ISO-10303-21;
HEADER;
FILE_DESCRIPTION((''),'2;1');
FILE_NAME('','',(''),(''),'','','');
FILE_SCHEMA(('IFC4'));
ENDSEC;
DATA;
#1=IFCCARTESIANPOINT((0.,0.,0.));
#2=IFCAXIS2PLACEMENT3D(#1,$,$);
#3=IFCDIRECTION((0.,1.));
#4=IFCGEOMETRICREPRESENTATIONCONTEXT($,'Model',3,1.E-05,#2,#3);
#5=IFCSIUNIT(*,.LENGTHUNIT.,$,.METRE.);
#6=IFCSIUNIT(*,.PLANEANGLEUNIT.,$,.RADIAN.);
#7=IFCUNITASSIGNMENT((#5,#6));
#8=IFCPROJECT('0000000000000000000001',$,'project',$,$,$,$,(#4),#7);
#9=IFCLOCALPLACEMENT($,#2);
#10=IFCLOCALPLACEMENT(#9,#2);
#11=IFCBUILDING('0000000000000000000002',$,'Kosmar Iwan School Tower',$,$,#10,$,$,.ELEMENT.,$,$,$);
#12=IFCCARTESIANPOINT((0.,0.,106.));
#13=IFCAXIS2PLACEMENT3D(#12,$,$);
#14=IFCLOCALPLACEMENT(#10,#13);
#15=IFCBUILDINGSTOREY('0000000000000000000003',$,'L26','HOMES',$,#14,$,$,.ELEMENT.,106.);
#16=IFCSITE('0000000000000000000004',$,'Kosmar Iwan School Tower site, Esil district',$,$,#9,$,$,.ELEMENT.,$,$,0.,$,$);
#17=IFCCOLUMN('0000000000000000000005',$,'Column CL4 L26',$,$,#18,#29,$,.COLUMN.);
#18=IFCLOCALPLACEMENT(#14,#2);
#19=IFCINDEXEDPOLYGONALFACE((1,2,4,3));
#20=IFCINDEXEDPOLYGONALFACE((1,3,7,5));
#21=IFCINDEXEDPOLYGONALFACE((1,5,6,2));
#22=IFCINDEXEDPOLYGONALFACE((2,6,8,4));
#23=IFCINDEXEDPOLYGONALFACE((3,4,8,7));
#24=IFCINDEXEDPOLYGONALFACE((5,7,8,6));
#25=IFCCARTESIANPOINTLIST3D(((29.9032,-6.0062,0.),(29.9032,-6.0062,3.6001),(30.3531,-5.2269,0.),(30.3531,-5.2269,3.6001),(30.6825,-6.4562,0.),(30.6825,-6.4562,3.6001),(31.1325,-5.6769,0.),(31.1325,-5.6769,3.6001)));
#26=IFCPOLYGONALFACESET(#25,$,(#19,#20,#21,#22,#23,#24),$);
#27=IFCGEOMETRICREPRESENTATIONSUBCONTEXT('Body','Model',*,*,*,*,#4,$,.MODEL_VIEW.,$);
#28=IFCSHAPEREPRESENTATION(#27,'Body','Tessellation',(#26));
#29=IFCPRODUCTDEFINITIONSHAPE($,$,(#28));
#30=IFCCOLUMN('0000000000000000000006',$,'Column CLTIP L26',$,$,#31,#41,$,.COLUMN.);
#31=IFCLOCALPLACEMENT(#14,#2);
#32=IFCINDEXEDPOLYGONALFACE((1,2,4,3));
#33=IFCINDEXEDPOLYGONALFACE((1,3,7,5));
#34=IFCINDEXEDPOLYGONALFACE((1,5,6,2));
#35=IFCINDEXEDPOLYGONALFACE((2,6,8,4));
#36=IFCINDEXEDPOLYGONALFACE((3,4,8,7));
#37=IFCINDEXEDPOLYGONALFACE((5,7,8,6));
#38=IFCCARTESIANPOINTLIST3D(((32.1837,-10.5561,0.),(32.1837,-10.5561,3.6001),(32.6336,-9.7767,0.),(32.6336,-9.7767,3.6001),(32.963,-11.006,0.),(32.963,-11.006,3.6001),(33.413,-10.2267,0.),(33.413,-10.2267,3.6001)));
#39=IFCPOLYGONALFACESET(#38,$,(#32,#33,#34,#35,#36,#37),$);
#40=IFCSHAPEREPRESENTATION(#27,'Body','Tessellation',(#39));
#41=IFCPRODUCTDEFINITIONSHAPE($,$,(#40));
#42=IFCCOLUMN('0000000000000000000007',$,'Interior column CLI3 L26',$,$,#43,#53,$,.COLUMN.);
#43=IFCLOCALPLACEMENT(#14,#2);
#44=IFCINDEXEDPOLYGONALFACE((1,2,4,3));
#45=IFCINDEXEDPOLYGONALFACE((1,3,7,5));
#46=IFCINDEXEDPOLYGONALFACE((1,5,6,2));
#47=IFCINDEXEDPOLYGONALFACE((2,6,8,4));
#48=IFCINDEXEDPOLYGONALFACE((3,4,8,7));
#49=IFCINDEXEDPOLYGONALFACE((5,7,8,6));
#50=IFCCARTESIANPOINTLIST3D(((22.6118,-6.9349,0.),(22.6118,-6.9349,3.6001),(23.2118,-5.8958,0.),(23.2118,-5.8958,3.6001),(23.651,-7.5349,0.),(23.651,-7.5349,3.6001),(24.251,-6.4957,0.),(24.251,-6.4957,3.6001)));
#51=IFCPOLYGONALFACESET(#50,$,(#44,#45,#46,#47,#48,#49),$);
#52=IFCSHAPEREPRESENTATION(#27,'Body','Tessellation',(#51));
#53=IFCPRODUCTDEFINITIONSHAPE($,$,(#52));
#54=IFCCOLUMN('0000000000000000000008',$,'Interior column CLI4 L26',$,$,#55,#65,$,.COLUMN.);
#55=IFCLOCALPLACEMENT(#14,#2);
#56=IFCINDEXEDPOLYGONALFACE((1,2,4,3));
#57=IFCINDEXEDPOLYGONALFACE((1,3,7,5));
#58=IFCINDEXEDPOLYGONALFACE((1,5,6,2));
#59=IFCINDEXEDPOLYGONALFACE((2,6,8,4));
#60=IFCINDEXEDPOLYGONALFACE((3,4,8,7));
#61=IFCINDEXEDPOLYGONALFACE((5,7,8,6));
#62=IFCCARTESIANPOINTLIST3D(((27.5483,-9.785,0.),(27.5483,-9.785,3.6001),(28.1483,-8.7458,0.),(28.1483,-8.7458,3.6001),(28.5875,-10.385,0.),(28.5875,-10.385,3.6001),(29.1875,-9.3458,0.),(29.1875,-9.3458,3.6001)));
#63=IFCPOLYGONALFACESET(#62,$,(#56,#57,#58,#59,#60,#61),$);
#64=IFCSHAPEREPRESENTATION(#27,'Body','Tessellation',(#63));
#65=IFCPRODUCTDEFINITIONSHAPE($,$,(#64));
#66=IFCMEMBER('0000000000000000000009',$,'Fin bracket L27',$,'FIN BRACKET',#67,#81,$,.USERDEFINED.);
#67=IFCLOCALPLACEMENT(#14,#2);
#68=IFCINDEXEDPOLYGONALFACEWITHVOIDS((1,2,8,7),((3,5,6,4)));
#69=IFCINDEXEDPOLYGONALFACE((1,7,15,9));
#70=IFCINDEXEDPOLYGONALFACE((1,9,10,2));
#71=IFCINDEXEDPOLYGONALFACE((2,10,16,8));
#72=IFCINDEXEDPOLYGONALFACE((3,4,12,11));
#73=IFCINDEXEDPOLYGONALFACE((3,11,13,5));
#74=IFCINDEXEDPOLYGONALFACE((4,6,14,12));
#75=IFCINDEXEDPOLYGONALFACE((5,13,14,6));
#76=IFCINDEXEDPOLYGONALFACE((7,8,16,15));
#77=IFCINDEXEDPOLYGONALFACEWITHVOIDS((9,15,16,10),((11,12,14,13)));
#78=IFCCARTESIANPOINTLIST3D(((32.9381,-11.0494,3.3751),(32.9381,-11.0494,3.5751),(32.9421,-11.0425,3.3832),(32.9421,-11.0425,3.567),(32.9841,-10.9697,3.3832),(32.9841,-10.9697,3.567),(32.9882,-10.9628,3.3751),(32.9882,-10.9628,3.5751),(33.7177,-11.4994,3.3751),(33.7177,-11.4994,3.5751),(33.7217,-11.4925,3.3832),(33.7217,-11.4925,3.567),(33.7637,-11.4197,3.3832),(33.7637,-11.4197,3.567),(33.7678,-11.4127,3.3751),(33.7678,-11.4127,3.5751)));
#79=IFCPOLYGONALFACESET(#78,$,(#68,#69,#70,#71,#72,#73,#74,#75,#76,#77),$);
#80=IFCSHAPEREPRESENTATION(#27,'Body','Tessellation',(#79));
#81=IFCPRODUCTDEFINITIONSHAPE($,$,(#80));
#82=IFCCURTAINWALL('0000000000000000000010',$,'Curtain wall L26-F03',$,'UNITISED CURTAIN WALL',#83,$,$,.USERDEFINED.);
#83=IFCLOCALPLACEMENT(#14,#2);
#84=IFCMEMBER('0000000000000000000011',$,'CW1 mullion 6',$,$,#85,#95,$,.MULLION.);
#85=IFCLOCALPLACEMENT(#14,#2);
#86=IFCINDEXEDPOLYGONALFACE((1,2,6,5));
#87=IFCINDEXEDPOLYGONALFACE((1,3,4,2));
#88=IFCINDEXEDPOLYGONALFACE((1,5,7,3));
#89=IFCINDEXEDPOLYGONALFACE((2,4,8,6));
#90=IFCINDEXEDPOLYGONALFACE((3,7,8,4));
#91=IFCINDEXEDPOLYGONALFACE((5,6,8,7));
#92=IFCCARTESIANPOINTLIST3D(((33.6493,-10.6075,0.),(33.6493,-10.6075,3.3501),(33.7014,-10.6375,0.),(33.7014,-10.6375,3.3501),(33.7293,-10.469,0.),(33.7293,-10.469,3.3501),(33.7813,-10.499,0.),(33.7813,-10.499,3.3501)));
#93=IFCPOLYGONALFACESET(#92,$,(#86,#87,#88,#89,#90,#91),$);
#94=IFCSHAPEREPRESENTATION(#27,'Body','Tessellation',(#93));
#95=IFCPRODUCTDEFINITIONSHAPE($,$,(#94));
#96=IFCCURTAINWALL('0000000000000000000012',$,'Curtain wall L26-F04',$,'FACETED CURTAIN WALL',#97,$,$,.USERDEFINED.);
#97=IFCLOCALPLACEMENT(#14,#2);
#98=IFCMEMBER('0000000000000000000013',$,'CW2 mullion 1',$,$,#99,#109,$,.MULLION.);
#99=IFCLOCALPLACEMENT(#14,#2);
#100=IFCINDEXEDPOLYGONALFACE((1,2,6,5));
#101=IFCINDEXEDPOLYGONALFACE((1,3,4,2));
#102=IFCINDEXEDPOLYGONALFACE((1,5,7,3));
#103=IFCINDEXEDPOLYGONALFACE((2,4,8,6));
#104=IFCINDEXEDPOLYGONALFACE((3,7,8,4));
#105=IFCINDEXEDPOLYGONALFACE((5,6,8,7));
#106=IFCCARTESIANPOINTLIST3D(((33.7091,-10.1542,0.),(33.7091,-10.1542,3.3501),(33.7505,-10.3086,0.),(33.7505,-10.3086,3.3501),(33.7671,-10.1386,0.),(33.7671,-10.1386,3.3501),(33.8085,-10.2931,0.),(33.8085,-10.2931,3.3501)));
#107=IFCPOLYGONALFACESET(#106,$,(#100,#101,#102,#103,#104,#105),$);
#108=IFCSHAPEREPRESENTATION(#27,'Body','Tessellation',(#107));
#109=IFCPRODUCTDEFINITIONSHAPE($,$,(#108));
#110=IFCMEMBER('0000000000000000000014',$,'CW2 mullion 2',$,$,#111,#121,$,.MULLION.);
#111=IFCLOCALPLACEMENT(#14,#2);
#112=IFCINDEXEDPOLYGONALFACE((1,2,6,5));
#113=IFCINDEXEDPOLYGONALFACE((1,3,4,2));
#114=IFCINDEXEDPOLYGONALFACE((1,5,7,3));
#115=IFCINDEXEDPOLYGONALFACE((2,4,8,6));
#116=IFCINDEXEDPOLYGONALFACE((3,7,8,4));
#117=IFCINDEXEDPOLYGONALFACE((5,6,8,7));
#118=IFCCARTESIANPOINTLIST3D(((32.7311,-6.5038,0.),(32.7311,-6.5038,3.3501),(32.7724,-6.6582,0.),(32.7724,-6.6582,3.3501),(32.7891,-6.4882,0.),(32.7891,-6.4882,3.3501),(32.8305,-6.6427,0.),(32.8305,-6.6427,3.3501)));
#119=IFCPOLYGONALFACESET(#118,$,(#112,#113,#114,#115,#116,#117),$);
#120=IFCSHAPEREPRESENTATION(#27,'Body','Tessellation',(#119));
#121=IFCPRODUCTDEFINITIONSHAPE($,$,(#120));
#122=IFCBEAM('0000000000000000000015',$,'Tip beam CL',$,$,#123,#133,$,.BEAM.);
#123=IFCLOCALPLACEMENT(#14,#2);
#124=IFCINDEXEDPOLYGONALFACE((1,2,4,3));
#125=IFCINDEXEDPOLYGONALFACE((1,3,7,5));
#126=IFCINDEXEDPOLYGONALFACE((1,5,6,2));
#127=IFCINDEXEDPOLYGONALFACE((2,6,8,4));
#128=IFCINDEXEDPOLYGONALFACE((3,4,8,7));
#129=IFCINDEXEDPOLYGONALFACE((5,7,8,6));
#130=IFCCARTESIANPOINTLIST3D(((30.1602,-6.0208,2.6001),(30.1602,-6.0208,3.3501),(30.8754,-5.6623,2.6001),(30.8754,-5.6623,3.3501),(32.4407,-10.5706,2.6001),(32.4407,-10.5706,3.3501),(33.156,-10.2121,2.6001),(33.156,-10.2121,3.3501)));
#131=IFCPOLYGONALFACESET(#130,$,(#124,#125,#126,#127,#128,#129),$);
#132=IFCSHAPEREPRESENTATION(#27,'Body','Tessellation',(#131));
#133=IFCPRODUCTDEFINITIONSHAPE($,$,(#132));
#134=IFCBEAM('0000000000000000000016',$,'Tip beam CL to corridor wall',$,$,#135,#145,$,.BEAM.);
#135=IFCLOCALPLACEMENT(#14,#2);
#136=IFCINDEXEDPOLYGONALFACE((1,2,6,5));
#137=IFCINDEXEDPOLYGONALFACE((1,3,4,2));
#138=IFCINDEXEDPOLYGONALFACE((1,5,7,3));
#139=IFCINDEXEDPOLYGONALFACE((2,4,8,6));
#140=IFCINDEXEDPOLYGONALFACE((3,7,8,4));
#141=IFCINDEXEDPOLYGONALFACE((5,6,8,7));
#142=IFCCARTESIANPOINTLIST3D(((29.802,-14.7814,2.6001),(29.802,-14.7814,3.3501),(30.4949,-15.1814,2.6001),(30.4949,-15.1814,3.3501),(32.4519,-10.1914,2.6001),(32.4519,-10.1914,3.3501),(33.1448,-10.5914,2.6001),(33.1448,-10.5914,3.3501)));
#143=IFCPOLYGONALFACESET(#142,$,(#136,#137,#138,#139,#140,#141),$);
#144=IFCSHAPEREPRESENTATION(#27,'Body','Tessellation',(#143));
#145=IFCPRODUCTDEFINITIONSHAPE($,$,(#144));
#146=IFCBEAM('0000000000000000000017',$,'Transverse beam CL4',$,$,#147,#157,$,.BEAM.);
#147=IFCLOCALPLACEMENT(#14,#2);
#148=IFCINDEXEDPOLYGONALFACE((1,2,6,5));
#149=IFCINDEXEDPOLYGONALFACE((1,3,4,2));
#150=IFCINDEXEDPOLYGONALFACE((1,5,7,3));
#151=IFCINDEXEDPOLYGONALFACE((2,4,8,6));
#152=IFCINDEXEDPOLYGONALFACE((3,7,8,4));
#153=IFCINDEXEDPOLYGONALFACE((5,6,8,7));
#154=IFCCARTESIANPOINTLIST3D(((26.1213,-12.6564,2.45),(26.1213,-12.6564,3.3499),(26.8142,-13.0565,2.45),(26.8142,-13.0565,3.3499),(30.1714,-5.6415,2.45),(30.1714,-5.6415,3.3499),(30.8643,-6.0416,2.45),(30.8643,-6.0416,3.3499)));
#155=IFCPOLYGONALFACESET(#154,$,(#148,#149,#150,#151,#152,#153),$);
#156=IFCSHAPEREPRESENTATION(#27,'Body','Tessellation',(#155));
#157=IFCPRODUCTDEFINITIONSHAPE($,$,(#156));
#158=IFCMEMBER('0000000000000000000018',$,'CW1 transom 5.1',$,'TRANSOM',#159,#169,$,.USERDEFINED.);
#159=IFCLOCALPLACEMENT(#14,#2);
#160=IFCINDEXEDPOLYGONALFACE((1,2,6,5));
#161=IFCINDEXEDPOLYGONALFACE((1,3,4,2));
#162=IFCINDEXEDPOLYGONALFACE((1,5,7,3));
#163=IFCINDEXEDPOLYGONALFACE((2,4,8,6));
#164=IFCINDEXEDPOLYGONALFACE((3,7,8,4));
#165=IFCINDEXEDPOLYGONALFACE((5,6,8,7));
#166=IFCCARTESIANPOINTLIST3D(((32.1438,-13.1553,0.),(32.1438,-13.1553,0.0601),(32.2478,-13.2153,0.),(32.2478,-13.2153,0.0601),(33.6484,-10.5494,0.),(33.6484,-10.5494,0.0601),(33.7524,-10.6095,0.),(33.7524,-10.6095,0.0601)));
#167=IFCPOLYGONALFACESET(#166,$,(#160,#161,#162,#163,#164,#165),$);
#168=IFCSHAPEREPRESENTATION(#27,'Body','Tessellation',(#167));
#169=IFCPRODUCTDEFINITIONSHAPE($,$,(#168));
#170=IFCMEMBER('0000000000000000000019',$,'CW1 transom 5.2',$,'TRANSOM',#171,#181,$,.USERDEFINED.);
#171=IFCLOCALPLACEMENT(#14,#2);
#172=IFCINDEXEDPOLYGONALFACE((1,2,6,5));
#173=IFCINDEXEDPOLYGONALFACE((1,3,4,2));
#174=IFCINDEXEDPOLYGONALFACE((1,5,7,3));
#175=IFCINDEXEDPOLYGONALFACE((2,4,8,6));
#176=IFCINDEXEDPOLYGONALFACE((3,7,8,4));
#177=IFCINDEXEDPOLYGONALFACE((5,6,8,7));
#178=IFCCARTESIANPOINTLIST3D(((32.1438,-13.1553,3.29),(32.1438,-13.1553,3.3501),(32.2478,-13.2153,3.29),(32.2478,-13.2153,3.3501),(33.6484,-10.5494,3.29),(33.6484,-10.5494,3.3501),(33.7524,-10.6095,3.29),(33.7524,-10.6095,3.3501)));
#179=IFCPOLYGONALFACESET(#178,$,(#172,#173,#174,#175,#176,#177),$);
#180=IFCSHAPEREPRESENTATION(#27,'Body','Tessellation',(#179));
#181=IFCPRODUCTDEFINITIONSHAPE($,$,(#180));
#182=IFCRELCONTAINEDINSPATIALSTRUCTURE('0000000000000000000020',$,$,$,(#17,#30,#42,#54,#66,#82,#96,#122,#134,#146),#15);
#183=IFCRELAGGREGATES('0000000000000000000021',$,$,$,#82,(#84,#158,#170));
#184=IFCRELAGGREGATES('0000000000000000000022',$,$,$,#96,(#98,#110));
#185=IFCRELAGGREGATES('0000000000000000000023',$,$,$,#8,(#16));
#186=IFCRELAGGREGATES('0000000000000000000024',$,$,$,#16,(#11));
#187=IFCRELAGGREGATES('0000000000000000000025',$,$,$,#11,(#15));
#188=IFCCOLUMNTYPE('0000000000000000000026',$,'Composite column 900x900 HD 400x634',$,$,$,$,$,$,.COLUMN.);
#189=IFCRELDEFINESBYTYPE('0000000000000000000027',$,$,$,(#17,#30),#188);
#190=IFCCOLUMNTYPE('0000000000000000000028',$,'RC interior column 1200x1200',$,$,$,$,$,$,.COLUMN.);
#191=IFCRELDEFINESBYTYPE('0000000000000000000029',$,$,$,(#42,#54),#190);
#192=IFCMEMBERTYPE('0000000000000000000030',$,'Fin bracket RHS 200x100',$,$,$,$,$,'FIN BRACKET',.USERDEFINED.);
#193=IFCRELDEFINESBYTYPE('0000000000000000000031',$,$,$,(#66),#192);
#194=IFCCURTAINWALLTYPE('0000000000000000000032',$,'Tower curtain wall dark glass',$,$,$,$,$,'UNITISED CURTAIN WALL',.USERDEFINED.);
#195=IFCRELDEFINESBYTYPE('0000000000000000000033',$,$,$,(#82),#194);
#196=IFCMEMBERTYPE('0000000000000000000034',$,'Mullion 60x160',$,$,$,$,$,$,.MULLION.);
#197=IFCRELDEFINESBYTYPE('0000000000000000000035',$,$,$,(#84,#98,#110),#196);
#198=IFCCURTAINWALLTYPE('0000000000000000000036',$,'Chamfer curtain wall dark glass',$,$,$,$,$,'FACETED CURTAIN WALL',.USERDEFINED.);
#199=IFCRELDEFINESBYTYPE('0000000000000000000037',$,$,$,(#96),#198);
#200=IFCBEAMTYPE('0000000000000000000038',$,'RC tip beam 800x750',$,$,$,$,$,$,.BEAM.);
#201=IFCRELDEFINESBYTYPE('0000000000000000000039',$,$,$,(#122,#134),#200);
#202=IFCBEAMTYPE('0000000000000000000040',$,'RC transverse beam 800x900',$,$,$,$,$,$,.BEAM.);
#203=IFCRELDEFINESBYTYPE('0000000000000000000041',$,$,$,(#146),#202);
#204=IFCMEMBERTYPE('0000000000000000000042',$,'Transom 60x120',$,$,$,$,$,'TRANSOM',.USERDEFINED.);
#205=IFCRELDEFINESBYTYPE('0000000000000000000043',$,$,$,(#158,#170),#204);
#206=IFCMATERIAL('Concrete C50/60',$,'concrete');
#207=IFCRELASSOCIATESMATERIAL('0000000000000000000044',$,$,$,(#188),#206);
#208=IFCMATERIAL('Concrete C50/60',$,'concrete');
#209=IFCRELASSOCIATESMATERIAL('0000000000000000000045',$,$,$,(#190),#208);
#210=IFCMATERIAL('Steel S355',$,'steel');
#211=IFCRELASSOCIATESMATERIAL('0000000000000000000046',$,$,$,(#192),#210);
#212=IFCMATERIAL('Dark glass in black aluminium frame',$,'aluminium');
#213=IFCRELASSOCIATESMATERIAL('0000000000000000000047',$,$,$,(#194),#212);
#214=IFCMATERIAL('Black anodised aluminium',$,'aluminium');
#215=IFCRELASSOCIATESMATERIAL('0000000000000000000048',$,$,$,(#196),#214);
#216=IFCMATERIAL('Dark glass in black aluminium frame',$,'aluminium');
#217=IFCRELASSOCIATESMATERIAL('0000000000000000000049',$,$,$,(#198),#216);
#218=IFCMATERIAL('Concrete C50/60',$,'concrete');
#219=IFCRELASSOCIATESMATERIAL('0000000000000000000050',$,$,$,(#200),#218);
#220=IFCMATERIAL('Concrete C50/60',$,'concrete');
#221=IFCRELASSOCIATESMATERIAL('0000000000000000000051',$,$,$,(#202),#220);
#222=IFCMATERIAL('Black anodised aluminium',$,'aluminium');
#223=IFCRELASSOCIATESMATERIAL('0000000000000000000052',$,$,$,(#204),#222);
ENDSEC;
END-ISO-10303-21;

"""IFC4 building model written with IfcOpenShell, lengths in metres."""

from ifc_helpers import new_model, si_unit, direction, frame, origin, origin_2d, place, context, subcontext, project, spatial, rectangle, hollow_rectangle, extrude, material, material_profile, profile_set, type_object, element, aggregate, save


model = new_model("IFC4")

# Units and contexts
model_context = context("Model", 3, precision=1e-05, world=origin(), true_north=direction((0.0, 1.0)))
body_context = subcontext(model_context, "Body", "Model", "MODEL_VIEW")
ifc_project = project(units=[si_unit("LENGTHUNIT", "METRE"), si_unit("PLANEANGLEUNIT", "RADIAN")], contexts=[model_context])

# Site, building, storey
site_placement = place(None, origin())
site = spatial("IfcSite", under=ifc_project, at=site_placement, Name="Kosmar Iwan School Tower site, Esil district", CompositionType="ELEMENT", RefElevation=0.0)
building_placement = place(site_placement, origin())
building = spatial("IfcBuilding", under=site, at=building_placement, Name="Kosmar Iwan School Tower", CompositionType="ELEMENT")
storey_placement = place(building_placement, frame((0.0, 0.0, 106.0)))
storey = spatial("IfcBuildingStorey", under=building, at=storey_placement, Name="L26", Description="HOMES", CompositionType="ELEMENT", Elevation=106.0)

# Columns
ifc_material_1 = material(Name="Concrete C50/60", Category="concrete")
ifc_material_profile_1 = material_profile(ifc_material_1, rectangle(XDim=0.8999, YDim=0.8999, at=origin_2d()), Name="RC 900x900 + HD 400x634")
ifc_profile_set_1 = profile_set([ifc_material_profile_1], Name="Concrete C50/60")
column_type_1 = type_object("IfcColumnType", Name="Composite column 900x900 HD 400x634", PredefinedType="COLUMN", material=ifc_profile_set_1)
for number, where, z_axis, x_axis, name in (
    (1, (30.5178, -5.8416, 0.0), (0.0, 0.0, 1.0), (0.866025, -0.5, 0.0), "Column CL4 L26"),
    (2, (32.7983, -10.3914, 0.0), (0.0, 0.0, 1.0), (0.866025, -0.5, 0.0), "Column CLTIP L26"),
):
    element("IfcColumn", number, at=place(storey_placement, frame(where, z_axis=z_axis, x_axis=x_axis)), inside=storey, type_object=column_type_1, Name=name, PredefinedType="COLUMN", context=body_context, shape_type="SweptSolid", body=[
        extrude(rectangle(XDim=0.8999, YDim=0.8999, at=origin_2d()), origin(), (0.0, 0.0, 1.0), 3.6001),
    ])
ifc_material_2 = material(Name="Concrete C50/60", Category="concrete")
ifc_material_profile_2 = material_profile(ifc_material_2, rectangle(XDim=1.2, YDim=1.2, at=origin_2d()), Name="RC 1200x1200")
ifc_profile_set_2 = profile_set([ifc_material_profile_2], Name="Concrete C50/60")
column_type_2 = type_object("IfcColumnType", Name="RC interior column 1200x1200", PredefinedType="COLUMN", material=ifc_profile_set_2)
for number, where, z_axis, x_axis, name in (
    (3, (23.4314, -6.7153, 0.0), (0.0, 0.0, 1.0), (0.866025, -0.5, 0.0), "Interior column CLI3 L26"),
    (4, (28.3679, -9.5654, 0.0), (0.0, 0.0, 1.0), (0.866025, -0.5, 0.0), "Interior column CLI4 L26"),
):
    element("IfcColumn", number, at=place(storey_placement, frame(where, z_axis=z_axis, x_axis=x_axis)), inside=storey, type_object=column_type_2, Name=name, PredefinedType="COLUMN", context=body_context, shape_type="SweptSolid", body=[
        extrude(rectangle(XDim=1.2, YDim=1.2, at=origin_2d()), origin(), (0.0, 0.0, 1.0), 3.6001),
    ])

# Member
ifc_material_3 = material(Name="Steel S355", Category="steel")
ifc_material_profile_3 = material_profile(ifc_material_3, hollow_rectangle(XDim=0.1001, YDim=0.2, WallThickness=0.0081, at=origin_2d()), Name="RHS 200x100x8")
ifc_profile_set_3 = profile_set([ifc_material_profile_3], Name="Steel S355")
member_type_1 = type_object("IfcMemberType", Name="Fin bracket RHS 200x100", ElementType="FIN BRACKET", PredefinedType="USERDEFINED", material=ifc_profile_set_3)
member_1_placement = place(storey_placement, frame((32.9631, -11.0061, 3.4751), z_axis=(0.866082, -0.499902, 0.0), x_axis=(0.499902, 0.866082, 0.0)))
element("IfcMember", 5, at=member_1_placement, inside=storey, type_object=member_type_1, Name="Fin bracket L27", ObjectType="FIN BRACKET", PredefinedType="USERDEFINED", context=body_context, shape_type="SweptSolid", body=[
    extrude(hollow_rectangle(XDim=0.1001, YDim=0.2, WallThickness=0.0081, at=origin_2d()), origin(), (0.0, 0.0, 1.0), 0.9001),
])

# Curtain wall, member
ifc_material_4 = material(Name="Dark glass in black aluminium frame", Category="aluminium")
curtain_wall_type_1 = type_object("IfcCurtainWallType", Name="Tower curtain wall dark glass", ElementType="UNITISED CURTAIN WALL", PredefinedType="USERDEFINED", material=ifc_material_4)
curtain_wall_1_placement = place(storey_placement, origin())
curtain_wall_1 = element("IfcCurtainWall", 6, at=curtain_wall_1_placement, inside=storey, type_object=curtain_wall_type_1, Name="Curtain wall L26-F03", ObjectType="UNITISED CURTAIN WALL", PredefinedType="USERDEFINED")
ifc_material_5 = material(Name="Black anodised aluminium", Category="aluminium")
ifc_material_profile_4 = material_profile(ifc_material_5, rectangle(XDim=0.0601, YDim=0.1599, at=origin_2d()), Name="MULLION 60x160")
ifc_profile_set_4 = profile_set([ifc_material_profile_4], Name="Black anodised aluminium")
member_type_2 = type_object("IfcMemberType", Name="Mullion 60x160", PredefinedType="MULLION", material=ifc_profile_set_4)
member_2_placement = place(storey_placement, frame((33.7153, -10.5532, 0.0), z_axis=(0.0, 0.0, 1.0), x_axis=(-0.866025, 0.5, 0.0)))
member_2 = element("IfcMember", 7, at=member_2_placement, type_object=member_type_2, Name="CW1 mullion 6", PredefinedType="MULLION", context=body_context, shape_type="SweptSolid", body=[
    extrude(rectangle(XDim=0.0601, YDim=0.1599, at=origin_2d()), origin(), (0.0, 0.0, 1.0), 3.3501),
])

# Curtain wall, members
ifc_material_6 = material(Name="Dark glass in black aluminium frame", Category="aluminium")
curtain_wall_type_2 = type_object("IfcCurtainWallType", Name="Chamfer curtain wall dark glass", ElementType="FACETED CURTAIN WALL", PredefinedType="USERDEFINED", material=ifc_material_6)
curtain_wall_2_placement = place(storey_placement, origin())
curtain_wall_2 = element("IfcCurtainWall", 8, at=curtain_wall_2_placement, inside=storey, type_object=curtain_wall_type_2, Name="Curtain wall L26-F04", ObjectType="FACETED CURTAIN WALL", PredefinedType="USERDEFINED")
member_3_placement = place(storey_placement, frame((33.7588, -10.2236, 0.0), z_axis=(0.0, 0.0, 1.0), x_axis=(-0.965926, -0.258819, 0.0)))
member_3 = element("IfcMember", 9, at=member_3_placement, type_object=member_type_2, Name="CW2 mullion 1", PredefinedType="MULLION", context=body_context, shape_type="SweptSolid", body=[
    extrude(rectangle(XDim=0.0601, YDim=0.1599, at=origin_2d()), origin(), (0.0, 0.0, 1.0), 3.3501),
])
member_4_placement = place(storey_placement, frame((32.7808, -6.5732, 0.0), z_axis=(0.0, 0.0, 1.0), x_axis=(-0.965926, -0.258819, 0.0)))
member_4 = element("IfcMember", 10, at=member_4_placement, type_object=member_type_2, Name="CW2 mullion 2", PredefinedType="MULLION", context=body_context, shape_type="SweptSolid", body=[
    extrude(rectangle(XDim=0.0601, YDim=0.1599, at=origin_2d()), origin(), (0.0, 0.0, 1.0), 3.3501),
])

# Beams
ifc_material_7 = material(Name="Concrete C50/60", Category="concrete")
ifc_material_profile_5 = material_profile(ifc_material_7, rectangle(XDim=0.8, YDim=0.75, at=origin_2d()), Name="RC 800x750")
ifc_profile_set_5 = profile_set([ifc_material_profile_5], Name="Concrete C50/60")
beam_type_1 = type_object("IfcBeamType", Name="RC tip beam 800x750", PredefinedType="BEAM", material=ifc_profile_set_5)
beam_1_placement = place(storey_placement, frame((30.5178, -5.8416, 2.9751), z_axis=(0.448096, -0.893985, 0.0), x_axis=(0.893985, 0.448096, 0.0)))
element("IfcBeam", 11, at=beam_1_placement, inside=storey, type_object=beam_type_1, Name="Tip beam CL", PredefinedType="BEAM", context=body_context, shape_type="SweptSolid", body=[
    extrude(rectangle(XDim=0.8, YDim=0.75, at=origin_2d()), origin(), (0.0, 0.0, 1.0), 5.0894),
])
beam_2_placement = place(storey_placement, frame((32.7983, -10.3914, 2.9751), z_axis=(-0.499974, -0.866041, 0.0), x_axis=(0.866041, -0.499974, 0.0)))
element("IfcBeam", 12, at=beam_2_placement, inside=storey, type_object=beam_type_1, Name="Tip beam CL to corridor wall", PredefinedType="BEAM", context=body_context, shape_type="SweptSolid", body=[
    extrude(rectangle(XDim=0.8, YDim=0.75, at=origin_2d()), origin(), (0.0, 0.0, 1.0), 5.3),
])
ifc_material_8 = material(Name="Concrete C50/60", Category="concrete")
ifc_material_profile_6 = material_profile(ifc_material_8, rectangle(XDim=0.8, YDim=0.8999, at=origin_2d()), Name="RC 800x900")
ifc_profile_set_6 = profile_set([ifc_material_profile_6], Name="Concrete C50/60")
beam_type_2 = type_object("IfcBeamType", Name="RC transverse beam 800x900", PredefinedType="BEAM", material=ifc_profile_set_6)
beam_3_placement = place(storey_placement, frame((30.5178, -5.8416, 2.8999), z_axis=(-0.5, -0.866025, 0.0), x_axis=(0.866025, -0.5, 0.0)))
element("IfcBeam", 13, at=beam_3_placement, inside=storey, type_object=beam_type_2, Name="Transverse beam CL4", PredefinedType="BEAM", context=body_context, shape_type="SweptSolid", body=[
    extrude(rectangle(XDim=0.8, YDim=0.8999, at=origin_2d()), origin(), (0.0, 0.0, 1.0), 8.1001),
])

# Members
ifc_material_9 = material(Name="Black anodised aluminium", Category="aluminium")
ifc_material_profile_7 = material_profile(ifc_material_9, rectangle(XDim=0.1201, YDim=0.0601, at=origin_2d()), Name="TRANSOM 60x120")
ifc_profile_set_7 = profile_set([ifc_material_profile_7], Name="Black anodised aluminium")
member_type_3 = type_object("IfcMemberType", Name="Transom 60x120", ElementType="TRANSOM", PredefinedType="USERDEFINED", material=ifc_profile_set_7)
member_5_placement = place(storey_placement, frame((32.1958, -13.1853, 0.03), z_axis=(0.500022, 0.866013, 0.0), x_axis=(-0.866013, 0.500022, 0.0)))
member_5 = element("IfcMember", 14, at=member_5_placement, type_object=member_type_3, Name="CW1 transom 5.1", ObjectType="TRANSOM", PredefinedType="USERDEFINED", context=body_context, shape_type="SweptSolid", body=[
    extrude(rectangle(XDim=0.1201, YDim=0.0601, at=origin_2d()), origin(), (0.0, 0.0, 1.0), 3.009),
])
member_6_placement = place(storey_placement, frame((32.1958, -13.1853, 3.3201), z_axis=(0.500022, 0.866013, 0.0), x_axis=(-0.866013, 0.500022, 0.0)))
member_6 = element("IfcMember", 15, at=member_6_placement, type_object=member_type_3, Name="CW1 transom 5.2", ObjectType="TRANSOM", PredefinedType="USERDEFINED", context=body_context, shape_type="SweptSolid", body=[
    extrude(rectangle(XDim=0.1201, YDim=0.0601, at=origin_2d()), origin(), (0.0, 0.0, 1.0), 3.009),
])

aggregate(curtain_wall_1, [member_2, member_5, member_6])
aggregate(curtain_wall_2, [member_3, member_4])

save(model, "model.ifc")
